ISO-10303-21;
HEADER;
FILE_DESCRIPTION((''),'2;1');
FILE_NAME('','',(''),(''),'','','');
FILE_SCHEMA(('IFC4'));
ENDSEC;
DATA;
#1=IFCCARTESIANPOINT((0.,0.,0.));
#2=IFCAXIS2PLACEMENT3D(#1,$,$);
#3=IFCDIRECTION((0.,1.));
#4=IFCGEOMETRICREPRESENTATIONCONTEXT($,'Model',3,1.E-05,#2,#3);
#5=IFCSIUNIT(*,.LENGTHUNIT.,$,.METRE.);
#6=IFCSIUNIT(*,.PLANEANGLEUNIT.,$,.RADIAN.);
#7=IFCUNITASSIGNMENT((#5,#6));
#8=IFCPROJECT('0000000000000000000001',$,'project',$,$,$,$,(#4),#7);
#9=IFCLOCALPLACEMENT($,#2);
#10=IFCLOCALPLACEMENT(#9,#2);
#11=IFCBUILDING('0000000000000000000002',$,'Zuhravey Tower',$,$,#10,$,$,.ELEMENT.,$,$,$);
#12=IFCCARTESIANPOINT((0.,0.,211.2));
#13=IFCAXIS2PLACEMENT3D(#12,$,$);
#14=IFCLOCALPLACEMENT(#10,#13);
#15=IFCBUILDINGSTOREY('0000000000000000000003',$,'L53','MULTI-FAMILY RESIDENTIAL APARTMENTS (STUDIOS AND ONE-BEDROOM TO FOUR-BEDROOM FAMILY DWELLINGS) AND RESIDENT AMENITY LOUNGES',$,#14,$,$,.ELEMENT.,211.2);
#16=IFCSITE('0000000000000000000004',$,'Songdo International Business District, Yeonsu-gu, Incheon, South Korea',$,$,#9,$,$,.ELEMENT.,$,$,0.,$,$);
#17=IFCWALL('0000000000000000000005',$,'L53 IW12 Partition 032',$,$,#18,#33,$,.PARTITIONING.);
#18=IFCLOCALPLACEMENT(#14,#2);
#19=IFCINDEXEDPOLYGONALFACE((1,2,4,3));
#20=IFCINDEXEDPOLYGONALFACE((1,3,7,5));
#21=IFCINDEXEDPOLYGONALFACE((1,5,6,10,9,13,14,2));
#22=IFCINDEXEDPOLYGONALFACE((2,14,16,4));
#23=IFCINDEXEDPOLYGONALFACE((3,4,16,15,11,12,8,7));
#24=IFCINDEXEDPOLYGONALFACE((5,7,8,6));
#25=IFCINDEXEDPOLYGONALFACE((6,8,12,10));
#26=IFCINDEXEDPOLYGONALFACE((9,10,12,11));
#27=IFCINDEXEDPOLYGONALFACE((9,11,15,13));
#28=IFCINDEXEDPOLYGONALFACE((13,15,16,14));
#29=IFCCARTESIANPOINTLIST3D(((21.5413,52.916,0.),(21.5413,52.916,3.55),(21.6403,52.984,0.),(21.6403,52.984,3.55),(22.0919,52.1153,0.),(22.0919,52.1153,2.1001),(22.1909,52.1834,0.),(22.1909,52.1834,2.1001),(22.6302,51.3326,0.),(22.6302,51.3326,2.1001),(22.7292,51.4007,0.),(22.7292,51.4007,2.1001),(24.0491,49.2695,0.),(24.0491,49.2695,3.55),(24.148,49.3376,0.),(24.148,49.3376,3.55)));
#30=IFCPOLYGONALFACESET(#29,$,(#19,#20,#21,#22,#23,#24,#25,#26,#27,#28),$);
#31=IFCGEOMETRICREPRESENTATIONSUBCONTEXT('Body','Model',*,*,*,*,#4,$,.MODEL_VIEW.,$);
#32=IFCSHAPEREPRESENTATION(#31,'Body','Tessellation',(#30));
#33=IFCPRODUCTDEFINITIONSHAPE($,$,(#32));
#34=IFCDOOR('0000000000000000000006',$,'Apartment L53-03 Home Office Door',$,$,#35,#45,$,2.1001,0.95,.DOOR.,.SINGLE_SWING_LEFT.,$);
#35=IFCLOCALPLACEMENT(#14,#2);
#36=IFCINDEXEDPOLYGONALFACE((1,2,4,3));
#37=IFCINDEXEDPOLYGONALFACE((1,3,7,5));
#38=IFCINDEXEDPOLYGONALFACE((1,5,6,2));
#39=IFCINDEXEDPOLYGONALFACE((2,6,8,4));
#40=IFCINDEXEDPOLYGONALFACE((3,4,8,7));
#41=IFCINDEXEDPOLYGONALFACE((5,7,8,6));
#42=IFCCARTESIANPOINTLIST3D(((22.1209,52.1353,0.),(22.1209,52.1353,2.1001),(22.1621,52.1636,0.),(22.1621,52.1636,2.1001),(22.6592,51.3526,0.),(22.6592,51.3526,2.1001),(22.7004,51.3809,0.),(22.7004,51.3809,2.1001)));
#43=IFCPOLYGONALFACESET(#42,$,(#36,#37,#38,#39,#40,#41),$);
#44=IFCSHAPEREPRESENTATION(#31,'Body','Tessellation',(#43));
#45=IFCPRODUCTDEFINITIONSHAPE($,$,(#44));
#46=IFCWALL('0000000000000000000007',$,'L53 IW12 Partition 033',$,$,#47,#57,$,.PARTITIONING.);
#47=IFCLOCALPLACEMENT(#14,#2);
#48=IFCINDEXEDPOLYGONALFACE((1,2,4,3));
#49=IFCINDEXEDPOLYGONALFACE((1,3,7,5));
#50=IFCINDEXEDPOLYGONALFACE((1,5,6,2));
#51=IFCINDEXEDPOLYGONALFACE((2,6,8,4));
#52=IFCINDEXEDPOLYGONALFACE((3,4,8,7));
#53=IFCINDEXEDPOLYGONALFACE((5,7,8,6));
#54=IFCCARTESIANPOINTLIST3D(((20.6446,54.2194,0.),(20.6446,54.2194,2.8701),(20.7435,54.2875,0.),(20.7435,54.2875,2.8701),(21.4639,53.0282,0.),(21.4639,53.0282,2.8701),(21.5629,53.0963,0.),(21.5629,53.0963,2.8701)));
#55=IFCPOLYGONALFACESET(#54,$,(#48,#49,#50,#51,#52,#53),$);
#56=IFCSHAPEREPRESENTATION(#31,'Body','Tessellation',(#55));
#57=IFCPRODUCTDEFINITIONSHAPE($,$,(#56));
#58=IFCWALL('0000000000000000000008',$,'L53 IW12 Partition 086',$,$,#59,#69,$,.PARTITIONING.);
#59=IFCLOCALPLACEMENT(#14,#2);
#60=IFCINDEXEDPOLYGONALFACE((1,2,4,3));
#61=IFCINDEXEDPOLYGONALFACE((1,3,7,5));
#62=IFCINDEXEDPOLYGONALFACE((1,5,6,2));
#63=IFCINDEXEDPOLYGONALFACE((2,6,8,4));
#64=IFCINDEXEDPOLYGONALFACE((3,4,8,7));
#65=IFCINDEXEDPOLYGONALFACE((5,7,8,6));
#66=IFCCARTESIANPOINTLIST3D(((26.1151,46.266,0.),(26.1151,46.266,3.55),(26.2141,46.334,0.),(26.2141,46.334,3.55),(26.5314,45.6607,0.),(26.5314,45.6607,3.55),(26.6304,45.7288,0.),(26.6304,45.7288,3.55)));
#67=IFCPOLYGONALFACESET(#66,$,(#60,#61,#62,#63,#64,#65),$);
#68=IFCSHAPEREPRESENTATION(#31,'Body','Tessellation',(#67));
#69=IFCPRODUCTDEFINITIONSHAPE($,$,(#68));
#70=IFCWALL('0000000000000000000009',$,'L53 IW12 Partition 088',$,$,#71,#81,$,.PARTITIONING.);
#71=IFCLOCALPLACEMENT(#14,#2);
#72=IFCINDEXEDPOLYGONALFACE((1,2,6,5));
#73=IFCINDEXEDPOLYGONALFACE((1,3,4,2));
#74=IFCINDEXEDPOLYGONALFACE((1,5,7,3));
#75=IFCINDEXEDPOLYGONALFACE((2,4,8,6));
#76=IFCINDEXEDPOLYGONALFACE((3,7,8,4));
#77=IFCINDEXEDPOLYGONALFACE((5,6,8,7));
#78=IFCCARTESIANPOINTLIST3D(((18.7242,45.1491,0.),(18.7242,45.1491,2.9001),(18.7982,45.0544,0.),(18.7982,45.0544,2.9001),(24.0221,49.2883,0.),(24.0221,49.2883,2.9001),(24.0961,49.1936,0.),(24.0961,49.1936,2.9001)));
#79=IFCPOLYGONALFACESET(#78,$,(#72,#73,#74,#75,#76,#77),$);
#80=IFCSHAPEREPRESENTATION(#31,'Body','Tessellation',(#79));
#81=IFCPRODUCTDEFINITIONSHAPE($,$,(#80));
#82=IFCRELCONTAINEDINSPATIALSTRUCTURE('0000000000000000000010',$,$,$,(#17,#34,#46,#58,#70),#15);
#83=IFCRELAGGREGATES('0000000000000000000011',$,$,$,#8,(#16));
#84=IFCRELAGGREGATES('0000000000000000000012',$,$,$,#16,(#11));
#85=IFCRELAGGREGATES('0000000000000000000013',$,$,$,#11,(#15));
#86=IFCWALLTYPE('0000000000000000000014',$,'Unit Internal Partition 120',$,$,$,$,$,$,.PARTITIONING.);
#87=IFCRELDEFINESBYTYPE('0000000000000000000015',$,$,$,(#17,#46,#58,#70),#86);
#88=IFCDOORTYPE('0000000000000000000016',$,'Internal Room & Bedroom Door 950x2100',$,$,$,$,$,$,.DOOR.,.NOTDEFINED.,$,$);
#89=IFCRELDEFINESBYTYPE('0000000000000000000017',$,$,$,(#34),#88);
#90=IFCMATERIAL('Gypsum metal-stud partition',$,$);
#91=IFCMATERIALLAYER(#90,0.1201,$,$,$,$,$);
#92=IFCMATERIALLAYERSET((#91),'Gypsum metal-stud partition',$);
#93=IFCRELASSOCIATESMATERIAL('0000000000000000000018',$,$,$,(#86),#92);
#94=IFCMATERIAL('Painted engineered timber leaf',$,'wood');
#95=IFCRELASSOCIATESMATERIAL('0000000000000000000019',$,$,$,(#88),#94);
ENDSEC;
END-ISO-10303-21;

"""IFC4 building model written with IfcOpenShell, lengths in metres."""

from ifc_helpers import new_model, si_unit, direction, frame, frame_2d, origin, place, context, subcontext, project, spatial, rectangle, extrude, material, layer, layer_set, type_object, element, fill, save


model = new_model("IFC4")

# Units and contexts
model_context = context("Model", 3, precision=1e-05, world=origin(), true_north=direction((0.0, 1.0)))
body_context = subcontext(model_context, "Body", "Model", "MODEL_VIEW")
ifc_project = project(units=[si_unit("LENGTHUNIT", "METRE"), si_unit("PLANEANGLEUNIT", "RADIAN")], contexts=[model_context])

# Site, building, storey
site_placement = place(None, origin())
site = spatial("IfcSite", under=ifc_project, at=site_placement, Name="Songdo International Business District, Yeonsu-gu, Incheon, South Korea", CompositionType="ELEMENT", RefElevation=0.0)
building_placement = place(site_placement, origin())
building = spatial("IfcBuilding", under=site, at=building_placement, Name="Zuhravey Tower", CompositionType="ELEMENT")
storey_placement = place(building_placement, frame((0.0, 0.0, 211.2)))
storey = spatial("IfcBuildingStorey", under=building, at=storey_placement, Name="L53", Description="MULTI-FAMILY RESIDENTIAL APARTMENTS (STUDIOS AND ONE-BEDROOM TO FOUR-BEDROOM FAMILY DWELLINGS) AND RESIDENT AMENITY LOUNGES", CompositionType="ELEMENT", Elevation=211.2)

# Wall, opening, door
ifc_material_1 = material(Name="Gypsum metal-stud partition")
ifc_layer_1 = layer(ifc_material_1, 0.1201)
ifc_layer_set_1 = layer_set([ifc_layer_1], Name="Gypsum metal-stud partition")
wall_type_1 = type_object("IfcWallType", Name="Unit Internal Partition 120", PredefinedType="PARTITIONING", material=ifc_layer_set_1)
ifc_material_2 = material(Name="Painted engineered timber leaf", Category="wood")
door_type_1 = type_object("IfcDoorType", Name="Internal Room & Bedroom Door 950x2100", OperationType="NOTDEFINED", PredefinedType="DOOR", material=ifc_material_2)
wall_1_placement = place(storey_placement, frame((24.0986, 49.3035, 0.0), z_axis=(0.0, 0.0, 1.0), x_axis=(-0.56666, 0.823952, 0.0)))
wall_1 = element("IfcWall", 1, at=wall_1_placement, inside=storey, type_object=wall_type_1, Name="L53 IW12 Partition 032", PredefinedType="PARTITIONING", context=body_context, shape_type="SweptSolid", body=[
    extrude(rectangle(XDim=4.4255, YDim=0.1201, at=frame_2d((2.2129, 0.0))), origin(), (0.0, 0.0, 1.0), 3.55),
])
opening_1_placement = place(wall_1_placement, frame((2.5039, 0.0, 0.0)))
opening_1 = element("IfcOpeningElement", 2, at=opening_1_placement, cuts=wall_1, PredefinedType="OPENING", context=body_context, shape_type="SweptSolid", body=[
    extrude(rectangle(XDim=0.95, YDim=2.1001, at=frame_2d((0.4751, 1.05))), frame((0.0, 0.072, 0.0), z_axis=(0.0, -1.0, 0.0), x_axis=(1.0, 0.0, 0.0)), (0.0, 0.0, 1.0), 0.144),
])
door_1_placement = place(opening_1_placement, origin())
door_1 = element("IfcDoor", 3, at=door_1_placement, inside=storey, type_object=door_type_1, Name="Apartment L53-03 Home Office Door", OperationType="SINGLE_SWING_LEFT", OverallHeight=2.1001, OverallWidth=0.95, PredefinedType="DOOR", context=body_context, shape_type="SweptSolid", body=[
    extrude(rectangle(XDim=0.95, YDim=2.1001, at=frame_2d((0.4751, 1.05))), frame((0.0, 0.0249, 0.0), z_axis=(0.0, -1.0, 0.0), x_axis=(1.0, 0.0, 0.0)), (0.0, 0.0, 1.0), 0.05),
])
fill(opening_1, door_1)

# Walls
wall_2_placement = place(storey_placement, frame((21.5134, 53.0623, 0.0), z_axis=(0.0, 0.0, 1.0), x_axis=(-0.566722, 0.823909, 0.0)))
element("IfcWall", 4, at=wall_2_placement, inside=storey, type_object=wall_type_1, Name="L53 IW12 Partition 033", PredefinedType="PARTITIONING", context=body_context, shape_type="SweptSolid", body=[
    extrude(rectangle(XDim=1.4458, YDim=0.1201, at=frame_2d((0.7229, 0.0))), origin(), (0.0, 0.0, 1.0), 2.8701),
])
wall_3_placement = place(storey_placement, frame((26.5808, 45.6948, 0.0), z_axis=(0.0, 0.0, 1.0), x_axis=(-0.566684, 0.823935, 0.0)))
element("IfcWall", 5, at=wall_3_placement, inside=storey, type_object=wall_type_1, Name="L53 IW12 Partition 086", PredefinedType="PARTITIONING", context=body_context, shape_type="SweptSolid", body=[
    extrude(rectangle(XDim=0.7346, YDim=0.1201, at=frame_2d((0.3672, 0.0))), origin(), (0.0, 0.0, 1.0), 3.55),
])
wall_4_placement = place(storey_placement, frame((24.0591, 49.241, 0.0), z_axis=(0.0, 0.0, 1.0), x_axis=(-0.788009, -0.615664, 0.0)))
element("IfcWall", 6, at=wall_4_placement, inside=storey, type_object=wall_type_1, Name="L53 IW12 Partition 088", PredefinedType="PARTITIONING", context=body_context, shape_type="SweptSolid", body=[
    extrude(rectangle(XDim=6.7231, YDim=0.1201, at=frame_2d((3.3616, 0.0))), origin(), (0.0, 0.0, 1.0), 2.9001),
])

save(model, "model.ifc")
